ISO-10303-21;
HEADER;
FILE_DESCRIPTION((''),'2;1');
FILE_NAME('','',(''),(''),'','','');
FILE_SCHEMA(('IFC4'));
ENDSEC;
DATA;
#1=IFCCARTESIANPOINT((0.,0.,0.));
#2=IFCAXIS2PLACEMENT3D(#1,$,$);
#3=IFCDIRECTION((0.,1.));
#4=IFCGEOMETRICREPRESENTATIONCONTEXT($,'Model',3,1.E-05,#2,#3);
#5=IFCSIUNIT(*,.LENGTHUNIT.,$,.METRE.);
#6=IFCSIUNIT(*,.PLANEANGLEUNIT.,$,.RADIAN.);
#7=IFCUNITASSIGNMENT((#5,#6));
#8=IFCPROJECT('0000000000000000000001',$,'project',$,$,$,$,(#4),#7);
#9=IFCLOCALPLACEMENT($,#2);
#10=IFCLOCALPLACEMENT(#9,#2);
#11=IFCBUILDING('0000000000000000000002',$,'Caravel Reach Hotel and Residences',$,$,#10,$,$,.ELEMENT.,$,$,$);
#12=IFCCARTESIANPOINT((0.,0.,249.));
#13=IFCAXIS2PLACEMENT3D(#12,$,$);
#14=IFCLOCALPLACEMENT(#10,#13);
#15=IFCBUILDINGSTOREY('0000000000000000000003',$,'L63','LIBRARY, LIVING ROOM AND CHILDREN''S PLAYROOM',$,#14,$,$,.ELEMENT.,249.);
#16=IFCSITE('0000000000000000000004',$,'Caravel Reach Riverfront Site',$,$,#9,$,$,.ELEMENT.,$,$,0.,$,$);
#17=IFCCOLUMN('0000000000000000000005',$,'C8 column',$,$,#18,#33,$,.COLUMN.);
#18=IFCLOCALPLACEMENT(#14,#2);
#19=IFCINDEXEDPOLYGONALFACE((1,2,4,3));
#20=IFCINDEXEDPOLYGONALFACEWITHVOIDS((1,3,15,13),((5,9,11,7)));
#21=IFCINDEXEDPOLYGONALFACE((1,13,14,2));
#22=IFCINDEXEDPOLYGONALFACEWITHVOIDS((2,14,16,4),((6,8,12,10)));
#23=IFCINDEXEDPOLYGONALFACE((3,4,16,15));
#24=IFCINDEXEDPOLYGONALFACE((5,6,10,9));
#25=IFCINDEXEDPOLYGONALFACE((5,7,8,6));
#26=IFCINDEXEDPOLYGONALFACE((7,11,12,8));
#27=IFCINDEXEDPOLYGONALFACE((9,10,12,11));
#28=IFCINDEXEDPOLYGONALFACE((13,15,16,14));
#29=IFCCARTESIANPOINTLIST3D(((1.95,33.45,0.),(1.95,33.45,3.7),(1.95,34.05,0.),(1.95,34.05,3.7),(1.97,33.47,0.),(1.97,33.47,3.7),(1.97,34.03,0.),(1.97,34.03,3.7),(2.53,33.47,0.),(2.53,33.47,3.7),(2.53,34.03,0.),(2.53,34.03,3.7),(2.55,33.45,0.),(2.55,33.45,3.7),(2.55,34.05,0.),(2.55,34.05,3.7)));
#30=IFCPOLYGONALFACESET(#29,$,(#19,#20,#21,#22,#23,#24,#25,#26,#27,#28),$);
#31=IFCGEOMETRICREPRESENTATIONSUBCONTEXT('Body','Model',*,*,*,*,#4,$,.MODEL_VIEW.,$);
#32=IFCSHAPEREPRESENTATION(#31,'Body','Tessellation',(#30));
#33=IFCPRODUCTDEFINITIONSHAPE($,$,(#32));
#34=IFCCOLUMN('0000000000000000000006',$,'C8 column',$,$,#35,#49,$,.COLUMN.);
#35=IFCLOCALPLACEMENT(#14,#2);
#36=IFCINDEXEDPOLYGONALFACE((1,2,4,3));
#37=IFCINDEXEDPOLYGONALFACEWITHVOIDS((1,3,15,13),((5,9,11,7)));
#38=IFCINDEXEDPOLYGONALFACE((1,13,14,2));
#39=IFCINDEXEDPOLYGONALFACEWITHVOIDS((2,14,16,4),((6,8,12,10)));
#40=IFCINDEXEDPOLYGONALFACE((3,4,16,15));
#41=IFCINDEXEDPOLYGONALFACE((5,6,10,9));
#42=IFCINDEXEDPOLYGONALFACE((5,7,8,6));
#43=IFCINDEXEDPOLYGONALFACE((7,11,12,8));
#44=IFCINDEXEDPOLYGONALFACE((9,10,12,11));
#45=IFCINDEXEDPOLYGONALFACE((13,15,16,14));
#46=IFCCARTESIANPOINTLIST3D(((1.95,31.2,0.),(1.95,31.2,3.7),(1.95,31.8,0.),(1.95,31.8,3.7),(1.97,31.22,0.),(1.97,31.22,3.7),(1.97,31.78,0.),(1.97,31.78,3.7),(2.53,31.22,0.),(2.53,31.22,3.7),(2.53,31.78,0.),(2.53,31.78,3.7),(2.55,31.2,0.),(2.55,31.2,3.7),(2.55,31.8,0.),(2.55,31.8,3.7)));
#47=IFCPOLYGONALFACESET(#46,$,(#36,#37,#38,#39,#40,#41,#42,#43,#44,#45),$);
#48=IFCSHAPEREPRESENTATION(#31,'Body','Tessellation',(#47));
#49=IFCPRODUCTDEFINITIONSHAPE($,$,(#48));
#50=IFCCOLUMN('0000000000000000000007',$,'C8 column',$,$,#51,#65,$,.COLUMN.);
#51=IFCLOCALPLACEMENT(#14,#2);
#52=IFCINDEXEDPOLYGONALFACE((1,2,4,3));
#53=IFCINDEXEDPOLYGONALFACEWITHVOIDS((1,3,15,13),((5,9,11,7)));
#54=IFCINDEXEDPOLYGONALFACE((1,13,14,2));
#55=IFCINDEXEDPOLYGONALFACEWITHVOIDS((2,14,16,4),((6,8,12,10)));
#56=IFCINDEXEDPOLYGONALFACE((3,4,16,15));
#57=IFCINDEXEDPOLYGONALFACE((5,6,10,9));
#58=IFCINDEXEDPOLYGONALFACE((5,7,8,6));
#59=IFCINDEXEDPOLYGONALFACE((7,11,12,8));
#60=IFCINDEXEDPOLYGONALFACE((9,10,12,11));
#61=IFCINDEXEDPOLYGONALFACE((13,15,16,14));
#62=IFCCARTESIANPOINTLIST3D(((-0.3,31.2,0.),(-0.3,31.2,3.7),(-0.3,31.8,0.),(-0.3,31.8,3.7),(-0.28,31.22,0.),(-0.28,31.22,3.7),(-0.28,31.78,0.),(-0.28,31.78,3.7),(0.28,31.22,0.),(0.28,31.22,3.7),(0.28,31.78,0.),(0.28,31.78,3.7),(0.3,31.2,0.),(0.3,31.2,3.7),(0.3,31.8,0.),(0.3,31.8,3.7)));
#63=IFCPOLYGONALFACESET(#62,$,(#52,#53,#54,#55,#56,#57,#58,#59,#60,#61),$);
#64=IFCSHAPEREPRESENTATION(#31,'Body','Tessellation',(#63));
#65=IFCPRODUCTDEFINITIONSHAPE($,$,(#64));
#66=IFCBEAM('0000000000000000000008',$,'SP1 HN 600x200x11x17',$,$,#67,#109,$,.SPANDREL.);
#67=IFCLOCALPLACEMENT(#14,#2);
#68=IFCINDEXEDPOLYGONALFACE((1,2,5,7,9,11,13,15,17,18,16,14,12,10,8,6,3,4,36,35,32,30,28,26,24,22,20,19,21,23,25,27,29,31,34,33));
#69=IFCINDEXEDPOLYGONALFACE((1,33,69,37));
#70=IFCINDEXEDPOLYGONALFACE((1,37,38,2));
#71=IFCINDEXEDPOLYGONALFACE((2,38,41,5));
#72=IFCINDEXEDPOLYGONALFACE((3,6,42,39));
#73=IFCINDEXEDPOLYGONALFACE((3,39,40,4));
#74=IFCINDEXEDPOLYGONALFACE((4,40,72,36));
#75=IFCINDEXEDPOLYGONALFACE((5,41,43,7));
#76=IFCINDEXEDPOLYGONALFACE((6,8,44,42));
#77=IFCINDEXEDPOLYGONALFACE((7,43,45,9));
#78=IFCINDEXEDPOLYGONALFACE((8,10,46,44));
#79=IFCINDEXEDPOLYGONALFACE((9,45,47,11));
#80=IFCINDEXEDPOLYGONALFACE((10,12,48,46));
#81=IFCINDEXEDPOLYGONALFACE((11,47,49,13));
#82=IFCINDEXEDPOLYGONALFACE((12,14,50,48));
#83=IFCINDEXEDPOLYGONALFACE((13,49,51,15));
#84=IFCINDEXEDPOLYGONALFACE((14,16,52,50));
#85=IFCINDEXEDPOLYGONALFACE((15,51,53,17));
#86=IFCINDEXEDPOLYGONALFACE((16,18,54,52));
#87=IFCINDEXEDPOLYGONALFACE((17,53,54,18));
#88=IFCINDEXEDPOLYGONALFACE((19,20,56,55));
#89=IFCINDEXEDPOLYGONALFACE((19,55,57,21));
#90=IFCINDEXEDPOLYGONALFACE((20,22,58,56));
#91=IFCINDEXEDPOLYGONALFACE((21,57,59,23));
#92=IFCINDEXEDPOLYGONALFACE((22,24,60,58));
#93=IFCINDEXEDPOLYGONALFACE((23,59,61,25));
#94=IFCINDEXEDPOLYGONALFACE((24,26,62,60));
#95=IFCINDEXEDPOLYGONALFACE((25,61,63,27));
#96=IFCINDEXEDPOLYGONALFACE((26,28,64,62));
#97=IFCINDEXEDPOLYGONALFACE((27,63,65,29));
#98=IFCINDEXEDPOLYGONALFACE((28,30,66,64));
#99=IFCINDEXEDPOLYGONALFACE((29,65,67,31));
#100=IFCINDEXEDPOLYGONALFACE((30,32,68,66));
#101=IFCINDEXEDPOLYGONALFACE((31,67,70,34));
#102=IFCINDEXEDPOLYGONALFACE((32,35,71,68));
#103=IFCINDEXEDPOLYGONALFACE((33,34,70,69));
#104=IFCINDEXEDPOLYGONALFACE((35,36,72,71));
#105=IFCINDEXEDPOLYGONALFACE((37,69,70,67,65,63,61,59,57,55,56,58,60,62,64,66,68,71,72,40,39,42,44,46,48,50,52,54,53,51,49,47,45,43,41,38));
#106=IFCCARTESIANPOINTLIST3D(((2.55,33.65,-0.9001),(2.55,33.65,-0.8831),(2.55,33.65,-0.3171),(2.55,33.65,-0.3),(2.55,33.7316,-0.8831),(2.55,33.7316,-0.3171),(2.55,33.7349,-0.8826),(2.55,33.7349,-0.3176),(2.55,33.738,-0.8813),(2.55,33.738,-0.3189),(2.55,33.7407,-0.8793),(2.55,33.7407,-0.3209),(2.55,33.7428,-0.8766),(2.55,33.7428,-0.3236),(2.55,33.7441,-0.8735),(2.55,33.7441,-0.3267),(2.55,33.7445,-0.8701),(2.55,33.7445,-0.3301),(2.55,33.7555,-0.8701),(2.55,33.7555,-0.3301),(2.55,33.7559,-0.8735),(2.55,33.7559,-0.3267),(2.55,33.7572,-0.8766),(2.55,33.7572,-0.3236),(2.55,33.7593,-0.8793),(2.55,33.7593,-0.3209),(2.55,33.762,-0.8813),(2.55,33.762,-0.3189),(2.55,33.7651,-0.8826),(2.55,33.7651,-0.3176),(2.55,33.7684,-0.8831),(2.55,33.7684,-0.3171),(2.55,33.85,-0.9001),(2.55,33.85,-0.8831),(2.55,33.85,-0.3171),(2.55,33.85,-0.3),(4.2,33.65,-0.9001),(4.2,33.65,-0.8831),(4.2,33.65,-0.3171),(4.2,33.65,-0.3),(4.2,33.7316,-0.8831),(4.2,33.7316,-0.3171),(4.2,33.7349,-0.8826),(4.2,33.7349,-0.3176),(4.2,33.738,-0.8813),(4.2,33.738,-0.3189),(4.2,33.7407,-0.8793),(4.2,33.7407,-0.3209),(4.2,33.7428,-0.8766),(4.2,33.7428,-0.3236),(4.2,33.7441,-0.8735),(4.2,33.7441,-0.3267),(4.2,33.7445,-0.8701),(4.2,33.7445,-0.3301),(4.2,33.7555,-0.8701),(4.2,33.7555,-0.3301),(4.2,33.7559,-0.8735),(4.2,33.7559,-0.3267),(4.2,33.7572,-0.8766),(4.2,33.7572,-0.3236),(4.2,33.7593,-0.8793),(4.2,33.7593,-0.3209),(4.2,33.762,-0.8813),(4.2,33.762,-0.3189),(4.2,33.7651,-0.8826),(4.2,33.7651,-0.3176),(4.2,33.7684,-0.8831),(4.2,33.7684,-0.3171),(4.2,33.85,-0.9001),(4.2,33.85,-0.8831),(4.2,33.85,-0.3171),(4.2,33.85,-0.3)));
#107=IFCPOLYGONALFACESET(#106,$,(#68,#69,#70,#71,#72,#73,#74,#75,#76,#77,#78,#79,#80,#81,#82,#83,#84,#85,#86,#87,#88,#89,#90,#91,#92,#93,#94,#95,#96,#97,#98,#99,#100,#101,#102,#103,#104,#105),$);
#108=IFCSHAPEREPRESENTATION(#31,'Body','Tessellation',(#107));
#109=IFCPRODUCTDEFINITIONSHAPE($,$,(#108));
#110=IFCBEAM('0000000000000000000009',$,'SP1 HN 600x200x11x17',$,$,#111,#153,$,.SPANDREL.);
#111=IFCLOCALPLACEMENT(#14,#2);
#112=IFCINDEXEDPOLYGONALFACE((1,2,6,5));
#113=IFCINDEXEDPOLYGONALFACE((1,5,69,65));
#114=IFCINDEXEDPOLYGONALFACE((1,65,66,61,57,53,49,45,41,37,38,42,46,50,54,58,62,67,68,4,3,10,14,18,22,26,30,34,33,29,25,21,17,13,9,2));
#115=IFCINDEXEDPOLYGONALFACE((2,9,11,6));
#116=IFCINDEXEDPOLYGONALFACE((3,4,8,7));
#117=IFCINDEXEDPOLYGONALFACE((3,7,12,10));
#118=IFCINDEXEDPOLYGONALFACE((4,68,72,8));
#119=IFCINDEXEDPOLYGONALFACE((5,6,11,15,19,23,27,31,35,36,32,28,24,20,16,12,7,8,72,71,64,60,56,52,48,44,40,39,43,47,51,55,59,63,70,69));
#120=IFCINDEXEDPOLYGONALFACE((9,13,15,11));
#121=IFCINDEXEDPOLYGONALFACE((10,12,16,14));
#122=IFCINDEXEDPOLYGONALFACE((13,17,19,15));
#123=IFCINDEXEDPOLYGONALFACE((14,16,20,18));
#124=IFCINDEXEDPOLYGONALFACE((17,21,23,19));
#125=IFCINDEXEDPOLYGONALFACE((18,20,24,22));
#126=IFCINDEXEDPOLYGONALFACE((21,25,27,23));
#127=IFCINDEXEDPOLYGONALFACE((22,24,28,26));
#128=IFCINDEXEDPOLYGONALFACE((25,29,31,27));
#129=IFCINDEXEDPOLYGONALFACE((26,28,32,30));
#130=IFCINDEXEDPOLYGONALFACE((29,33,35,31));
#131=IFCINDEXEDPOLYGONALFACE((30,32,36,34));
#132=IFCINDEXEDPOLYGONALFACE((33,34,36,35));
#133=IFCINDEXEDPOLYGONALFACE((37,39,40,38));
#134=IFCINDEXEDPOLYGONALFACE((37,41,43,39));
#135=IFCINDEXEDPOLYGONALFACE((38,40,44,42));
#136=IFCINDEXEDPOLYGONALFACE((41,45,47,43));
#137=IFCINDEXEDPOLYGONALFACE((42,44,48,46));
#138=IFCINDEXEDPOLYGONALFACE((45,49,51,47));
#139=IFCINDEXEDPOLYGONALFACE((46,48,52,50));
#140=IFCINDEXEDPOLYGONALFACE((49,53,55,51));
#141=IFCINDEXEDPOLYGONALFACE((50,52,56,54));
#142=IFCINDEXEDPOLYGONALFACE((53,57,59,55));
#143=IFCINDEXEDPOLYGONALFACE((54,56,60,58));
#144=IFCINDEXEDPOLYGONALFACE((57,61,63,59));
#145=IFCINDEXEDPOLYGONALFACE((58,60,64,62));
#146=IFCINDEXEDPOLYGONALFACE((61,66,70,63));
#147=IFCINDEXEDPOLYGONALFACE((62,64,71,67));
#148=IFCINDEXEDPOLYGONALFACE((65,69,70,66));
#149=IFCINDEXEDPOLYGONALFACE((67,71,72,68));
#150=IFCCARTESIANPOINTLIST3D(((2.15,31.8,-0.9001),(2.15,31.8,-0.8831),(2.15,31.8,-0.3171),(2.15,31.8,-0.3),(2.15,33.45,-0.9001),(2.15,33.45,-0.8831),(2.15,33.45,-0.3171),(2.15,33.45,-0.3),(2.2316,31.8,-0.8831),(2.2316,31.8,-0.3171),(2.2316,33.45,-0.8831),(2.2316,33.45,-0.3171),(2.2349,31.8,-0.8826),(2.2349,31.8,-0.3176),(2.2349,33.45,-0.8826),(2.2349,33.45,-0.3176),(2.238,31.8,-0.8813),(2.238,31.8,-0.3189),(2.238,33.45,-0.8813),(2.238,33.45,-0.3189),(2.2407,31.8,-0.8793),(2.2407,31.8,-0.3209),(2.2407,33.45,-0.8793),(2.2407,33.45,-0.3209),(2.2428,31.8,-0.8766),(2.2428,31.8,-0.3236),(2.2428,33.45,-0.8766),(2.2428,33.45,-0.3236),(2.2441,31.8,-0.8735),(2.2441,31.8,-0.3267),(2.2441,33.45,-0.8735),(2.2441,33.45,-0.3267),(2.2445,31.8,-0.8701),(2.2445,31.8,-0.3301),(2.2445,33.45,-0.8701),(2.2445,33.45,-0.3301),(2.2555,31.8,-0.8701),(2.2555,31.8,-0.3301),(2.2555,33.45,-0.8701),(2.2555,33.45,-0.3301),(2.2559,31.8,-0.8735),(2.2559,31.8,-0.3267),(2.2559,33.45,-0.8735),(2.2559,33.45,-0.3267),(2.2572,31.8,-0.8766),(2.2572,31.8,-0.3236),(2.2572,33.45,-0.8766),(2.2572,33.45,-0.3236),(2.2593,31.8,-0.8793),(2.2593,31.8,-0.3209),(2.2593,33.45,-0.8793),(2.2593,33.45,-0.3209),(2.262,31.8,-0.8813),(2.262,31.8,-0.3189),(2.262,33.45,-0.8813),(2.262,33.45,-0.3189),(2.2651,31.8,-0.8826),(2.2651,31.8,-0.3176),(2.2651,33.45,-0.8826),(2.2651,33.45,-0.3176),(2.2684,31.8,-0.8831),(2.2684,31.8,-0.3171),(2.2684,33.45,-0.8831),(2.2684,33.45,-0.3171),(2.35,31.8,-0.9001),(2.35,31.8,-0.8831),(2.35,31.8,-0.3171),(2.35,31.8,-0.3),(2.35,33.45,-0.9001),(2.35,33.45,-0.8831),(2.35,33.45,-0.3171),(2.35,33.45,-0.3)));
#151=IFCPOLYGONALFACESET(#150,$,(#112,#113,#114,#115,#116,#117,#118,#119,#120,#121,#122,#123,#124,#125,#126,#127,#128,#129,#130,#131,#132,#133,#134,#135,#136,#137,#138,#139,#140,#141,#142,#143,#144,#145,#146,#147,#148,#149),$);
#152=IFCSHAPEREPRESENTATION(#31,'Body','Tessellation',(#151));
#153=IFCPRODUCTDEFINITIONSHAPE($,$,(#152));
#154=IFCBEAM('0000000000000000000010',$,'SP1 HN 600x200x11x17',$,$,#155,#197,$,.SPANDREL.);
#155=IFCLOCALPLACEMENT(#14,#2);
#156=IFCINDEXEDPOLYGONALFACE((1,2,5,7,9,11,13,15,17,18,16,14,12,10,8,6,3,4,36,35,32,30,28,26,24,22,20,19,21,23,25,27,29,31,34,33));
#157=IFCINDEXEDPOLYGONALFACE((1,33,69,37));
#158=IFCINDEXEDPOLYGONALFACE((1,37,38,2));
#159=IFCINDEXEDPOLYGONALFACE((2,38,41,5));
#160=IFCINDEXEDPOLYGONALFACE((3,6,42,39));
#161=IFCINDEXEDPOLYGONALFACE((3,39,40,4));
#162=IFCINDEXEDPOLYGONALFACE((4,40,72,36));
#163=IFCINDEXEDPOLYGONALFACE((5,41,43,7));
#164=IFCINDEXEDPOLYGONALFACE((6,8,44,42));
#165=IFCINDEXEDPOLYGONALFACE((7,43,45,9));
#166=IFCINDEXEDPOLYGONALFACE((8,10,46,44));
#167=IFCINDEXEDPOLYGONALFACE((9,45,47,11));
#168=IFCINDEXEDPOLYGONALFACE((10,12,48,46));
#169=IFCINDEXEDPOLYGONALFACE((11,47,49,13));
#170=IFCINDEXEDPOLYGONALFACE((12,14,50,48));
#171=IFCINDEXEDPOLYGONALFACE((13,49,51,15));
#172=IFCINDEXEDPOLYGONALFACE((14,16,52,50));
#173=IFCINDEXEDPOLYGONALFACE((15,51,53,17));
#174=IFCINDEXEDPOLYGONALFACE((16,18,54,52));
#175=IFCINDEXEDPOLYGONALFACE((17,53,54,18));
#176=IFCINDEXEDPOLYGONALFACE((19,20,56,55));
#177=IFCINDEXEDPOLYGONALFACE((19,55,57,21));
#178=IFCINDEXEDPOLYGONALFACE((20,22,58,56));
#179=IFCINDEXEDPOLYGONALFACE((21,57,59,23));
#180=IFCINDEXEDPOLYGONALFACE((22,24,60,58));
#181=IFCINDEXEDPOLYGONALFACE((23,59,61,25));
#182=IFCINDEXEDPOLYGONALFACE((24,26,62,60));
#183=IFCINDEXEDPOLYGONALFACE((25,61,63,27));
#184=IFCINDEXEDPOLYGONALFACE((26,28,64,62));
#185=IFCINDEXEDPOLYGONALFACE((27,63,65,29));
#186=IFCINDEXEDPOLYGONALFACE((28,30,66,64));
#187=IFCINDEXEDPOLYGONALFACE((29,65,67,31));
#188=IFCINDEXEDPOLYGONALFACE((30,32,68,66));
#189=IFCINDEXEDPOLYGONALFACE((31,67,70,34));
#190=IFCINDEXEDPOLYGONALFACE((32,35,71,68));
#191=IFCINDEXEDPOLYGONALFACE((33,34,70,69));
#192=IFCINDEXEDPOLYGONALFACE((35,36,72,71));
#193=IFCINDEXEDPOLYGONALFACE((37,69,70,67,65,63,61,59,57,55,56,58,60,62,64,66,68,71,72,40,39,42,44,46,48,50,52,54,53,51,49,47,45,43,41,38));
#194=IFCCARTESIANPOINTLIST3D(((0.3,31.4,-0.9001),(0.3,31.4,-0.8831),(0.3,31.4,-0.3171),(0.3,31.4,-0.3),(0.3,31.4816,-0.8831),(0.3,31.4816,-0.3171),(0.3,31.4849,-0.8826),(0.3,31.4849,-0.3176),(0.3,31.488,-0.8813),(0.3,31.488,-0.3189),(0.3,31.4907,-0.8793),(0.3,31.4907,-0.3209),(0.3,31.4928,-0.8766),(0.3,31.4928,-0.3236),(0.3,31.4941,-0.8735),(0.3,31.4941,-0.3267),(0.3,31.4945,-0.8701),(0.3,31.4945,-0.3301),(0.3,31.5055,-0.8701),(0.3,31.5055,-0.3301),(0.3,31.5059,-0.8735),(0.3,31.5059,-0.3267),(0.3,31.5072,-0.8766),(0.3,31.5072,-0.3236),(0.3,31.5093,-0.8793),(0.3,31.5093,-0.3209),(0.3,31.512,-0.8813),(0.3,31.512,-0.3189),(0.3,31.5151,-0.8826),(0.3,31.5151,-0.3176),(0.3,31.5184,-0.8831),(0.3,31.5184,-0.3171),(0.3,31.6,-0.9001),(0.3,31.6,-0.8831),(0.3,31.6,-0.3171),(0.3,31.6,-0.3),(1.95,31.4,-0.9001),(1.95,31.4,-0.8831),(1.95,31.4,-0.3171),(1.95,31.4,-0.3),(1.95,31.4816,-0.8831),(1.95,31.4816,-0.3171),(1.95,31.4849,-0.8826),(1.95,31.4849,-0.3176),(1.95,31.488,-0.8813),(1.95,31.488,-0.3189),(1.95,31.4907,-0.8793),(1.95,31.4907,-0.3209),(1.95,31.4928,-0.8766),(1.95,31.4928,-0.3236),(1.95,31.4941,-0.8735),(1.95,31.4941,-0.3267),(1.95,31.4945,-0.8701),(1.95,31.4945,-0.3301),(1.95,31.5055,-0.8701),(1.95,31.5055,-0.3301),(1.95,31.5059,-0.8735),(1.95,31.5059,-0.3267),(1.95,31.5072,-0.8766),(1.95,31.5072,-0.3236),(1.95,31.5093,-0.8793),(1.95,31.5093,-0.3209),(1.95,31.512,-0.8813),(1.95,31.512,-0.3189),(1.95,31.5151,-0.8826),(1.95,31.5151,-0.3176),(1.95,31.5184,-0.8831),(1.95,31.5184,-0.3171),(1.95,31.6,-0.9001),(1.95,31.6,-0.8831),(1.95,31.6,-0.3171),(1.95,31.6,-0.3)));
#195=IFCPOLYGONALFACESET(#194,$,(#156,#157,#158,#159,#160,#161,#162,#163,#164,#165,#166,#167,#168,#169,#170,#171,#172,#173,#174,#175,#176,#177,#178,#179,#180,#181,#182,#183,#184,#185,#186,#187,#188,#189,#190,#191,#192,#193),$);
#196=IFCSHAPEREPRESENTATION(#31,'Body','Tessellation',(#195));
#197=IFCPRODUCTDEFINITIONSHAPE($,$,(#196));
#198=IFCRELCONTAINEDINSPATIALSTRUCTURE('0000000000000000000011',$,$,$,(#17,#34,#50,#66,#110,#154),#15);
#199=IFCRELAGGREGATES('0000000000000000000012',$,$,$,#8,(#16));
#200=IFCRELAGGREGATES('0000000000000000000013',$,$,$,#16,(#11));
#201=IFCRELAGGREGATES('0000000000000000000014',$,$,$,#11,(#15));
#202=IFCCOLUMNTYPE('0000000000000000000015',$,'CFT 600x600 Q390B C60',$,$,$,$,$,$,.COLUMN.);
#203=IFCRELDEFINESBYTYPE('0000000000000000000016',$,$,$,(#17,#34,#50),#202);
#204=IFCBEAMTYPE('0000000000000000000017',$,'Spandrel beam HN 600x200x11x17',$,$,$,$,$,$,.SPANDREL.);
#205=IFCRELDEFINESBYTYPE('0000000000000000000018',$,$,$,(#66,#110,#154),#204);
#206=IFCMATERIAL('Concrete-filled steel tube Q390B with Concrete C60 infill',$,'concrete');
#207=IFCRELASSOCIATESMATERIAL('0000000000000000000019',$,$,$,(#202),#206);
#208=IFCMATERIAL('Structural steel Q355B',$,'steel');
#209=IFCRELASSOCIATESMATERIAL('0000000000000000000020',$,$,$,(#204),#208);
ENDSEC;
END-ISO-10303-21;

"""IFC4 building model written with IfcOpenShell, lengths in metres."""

from ifc_helpers import new_model, si_unit, direction, frame, origin, origin_2d, place, context, subcontext, project, spatial, hollow_rectangle, i_section, extrude, material, material_profile, profile_set, type_object, element, save


model = new_model("IFC4")

# Units and contexts
model_context = context("Model", 3, precision=1e-05, world=origin(), true_north=direction((0.0, 1.0)))
body_context = subcontext(model_context, "Body", "Model", "MODEL_VIEW")
ifc_project = project(units=[si_unit("LENGTHUNIT", "METRE"), si_unit("PLANEANGLEUNIT", "RADIAN")], contexts=[model_context])

# Site, building, storey
site_placement = place(None, origin())
site = spatial("IfcSite", under=ifc_project, at=site_placement, Name="Caravel Reach Riverfront Site", CompositionType="ELEMENT", RefElevation=0.0)
building_placement = place(site_placement, origin())
building = spatial("IfcBuilding", under=site, at=building_placement, Name="Caravel Reach Hotel and Residences", CompositionType="ELEMENT")
storey_placement = place(building_placement, frame((0.0, 0.0, 249.0)))
storey = spatial("IfcBuildingStorey", under=building, at=storey_placement, Name="L63", Description="LIBRARY, LIVING ROOM AND CHILDREN'S PLAYROOM", CompositionType="ELEMENT", Elevation=249.0)

# Columns
ifc_material_1 = material(Name="Concrete-filled steel tube Q390B with Concrete C60 infill", Category="concrete")
ifc_material_profile_1 = material_profile(ifc_material_1, hollow_rectangle(XDim=0.6001, YDim=0.6001, WallThickness=0.02, at=origin_2d()), Name="RHS 600x600x20")
ifc_profile_set_1 = profile_set([ifc_material_profile_1], Name="Concrete-filled steel tube Q390B with Concrete C60 infill")
column_type = type_object("IfcColumnType", Name="CFT 600x600 Q390B C60", PredefinedType="COLUMN", material=ifc_profile_set_1)
for number, where, z_axis, x_axis, name in (
    (1, (2.25, 33.75, 0.0), (0.0, 0.0, 1.0), (1.0, 0.0, 0.0), "C8 column"),
    (2, (2.25, 31.5, 0.0), (0.0, 0.0, 1.0), (1.0, 0.0, 0.0), "C8 column"),
    (3, (0.0, 31.5, 0.0), (0.0, 0.0, 1.0), (1.0, 0.0, 0.0), "C8 column"),
):
    element("IfcColumn", number, at=place(storey_placement, frame(where, z_axis=z_axis, x_axis=x_axis)), inside=storey, type_object=column_type, Name=name, PredefinedType="COLUMN", context=body_context, shape_type="SweptSolid", body=[
        extrude(hollow_rectangle(XDim=0.6001, YDim=0.6001, WallThickness=0.02, at=origin_2d()), origin(), (0.0, 0.0, 1.0), 3.7),
    ])

# Beams
ifc_material_2 = material(Name="Structural steel Q355B", Category="steel")
ifc_material_profile_2 = material_profile(ifc_material_2, i_section(OverallWidth=0.2, OverallDepth=0.6001, WebThickness=0.011, FlangeThickness=0.0171, FilletRadius=0.0129, at=origin_2d()), Name="HN 600x200x11x17")
ifc_profile_set_2 = profile_set([ifc_material_profile_2], Name="Structural steel Q355B")
beam_type = type_object("IfcBeamType", Name="Spandrel beam HN 600x200x11x17", PredefinedType="SPANDREL", material=ifc_profile_set_2)
for number, where, z_axis, x_axis, name in (
    (4, (4.2, 33.75, -0.6001), (-1.0, 0.0, 0.0), (0.0, -1.0, 0.0), "SP1 HN 600x200x11x17"),
    (5, (2.25, 33.45, -0.6001), (0.0, -1.0, 0.0), (1.0, 0.0, 0.0), "SP1 HN 600x200x11x17"),
    (6, (1.95, 31.5, -0.6001), (-1.0, 0.0, 0.0), (0.0, -1.0, 0.0), "SP1 HN 600x200x11x17"),
):
    element("IfcBeam", number, at=place(storey_placement, frame(where, z_axis=z_axis, x_axis=x_axis)), inside=storey, type_object=beam_type, Name=name, PredefinedType="SPANDREL", context=body_context, shape_type="SweptSolid", body=[
        extrude(i_section(OverallWidth=0.2, OverallDepth=0.6001, WebThickness=0.011, FlangeThickness=0.0171, FilletRadius=0.0129, at=origin_2d()), origin(), (0.0, 0.0, 1.0), 1.6499),
    ])

save(model, "model.ifc")
